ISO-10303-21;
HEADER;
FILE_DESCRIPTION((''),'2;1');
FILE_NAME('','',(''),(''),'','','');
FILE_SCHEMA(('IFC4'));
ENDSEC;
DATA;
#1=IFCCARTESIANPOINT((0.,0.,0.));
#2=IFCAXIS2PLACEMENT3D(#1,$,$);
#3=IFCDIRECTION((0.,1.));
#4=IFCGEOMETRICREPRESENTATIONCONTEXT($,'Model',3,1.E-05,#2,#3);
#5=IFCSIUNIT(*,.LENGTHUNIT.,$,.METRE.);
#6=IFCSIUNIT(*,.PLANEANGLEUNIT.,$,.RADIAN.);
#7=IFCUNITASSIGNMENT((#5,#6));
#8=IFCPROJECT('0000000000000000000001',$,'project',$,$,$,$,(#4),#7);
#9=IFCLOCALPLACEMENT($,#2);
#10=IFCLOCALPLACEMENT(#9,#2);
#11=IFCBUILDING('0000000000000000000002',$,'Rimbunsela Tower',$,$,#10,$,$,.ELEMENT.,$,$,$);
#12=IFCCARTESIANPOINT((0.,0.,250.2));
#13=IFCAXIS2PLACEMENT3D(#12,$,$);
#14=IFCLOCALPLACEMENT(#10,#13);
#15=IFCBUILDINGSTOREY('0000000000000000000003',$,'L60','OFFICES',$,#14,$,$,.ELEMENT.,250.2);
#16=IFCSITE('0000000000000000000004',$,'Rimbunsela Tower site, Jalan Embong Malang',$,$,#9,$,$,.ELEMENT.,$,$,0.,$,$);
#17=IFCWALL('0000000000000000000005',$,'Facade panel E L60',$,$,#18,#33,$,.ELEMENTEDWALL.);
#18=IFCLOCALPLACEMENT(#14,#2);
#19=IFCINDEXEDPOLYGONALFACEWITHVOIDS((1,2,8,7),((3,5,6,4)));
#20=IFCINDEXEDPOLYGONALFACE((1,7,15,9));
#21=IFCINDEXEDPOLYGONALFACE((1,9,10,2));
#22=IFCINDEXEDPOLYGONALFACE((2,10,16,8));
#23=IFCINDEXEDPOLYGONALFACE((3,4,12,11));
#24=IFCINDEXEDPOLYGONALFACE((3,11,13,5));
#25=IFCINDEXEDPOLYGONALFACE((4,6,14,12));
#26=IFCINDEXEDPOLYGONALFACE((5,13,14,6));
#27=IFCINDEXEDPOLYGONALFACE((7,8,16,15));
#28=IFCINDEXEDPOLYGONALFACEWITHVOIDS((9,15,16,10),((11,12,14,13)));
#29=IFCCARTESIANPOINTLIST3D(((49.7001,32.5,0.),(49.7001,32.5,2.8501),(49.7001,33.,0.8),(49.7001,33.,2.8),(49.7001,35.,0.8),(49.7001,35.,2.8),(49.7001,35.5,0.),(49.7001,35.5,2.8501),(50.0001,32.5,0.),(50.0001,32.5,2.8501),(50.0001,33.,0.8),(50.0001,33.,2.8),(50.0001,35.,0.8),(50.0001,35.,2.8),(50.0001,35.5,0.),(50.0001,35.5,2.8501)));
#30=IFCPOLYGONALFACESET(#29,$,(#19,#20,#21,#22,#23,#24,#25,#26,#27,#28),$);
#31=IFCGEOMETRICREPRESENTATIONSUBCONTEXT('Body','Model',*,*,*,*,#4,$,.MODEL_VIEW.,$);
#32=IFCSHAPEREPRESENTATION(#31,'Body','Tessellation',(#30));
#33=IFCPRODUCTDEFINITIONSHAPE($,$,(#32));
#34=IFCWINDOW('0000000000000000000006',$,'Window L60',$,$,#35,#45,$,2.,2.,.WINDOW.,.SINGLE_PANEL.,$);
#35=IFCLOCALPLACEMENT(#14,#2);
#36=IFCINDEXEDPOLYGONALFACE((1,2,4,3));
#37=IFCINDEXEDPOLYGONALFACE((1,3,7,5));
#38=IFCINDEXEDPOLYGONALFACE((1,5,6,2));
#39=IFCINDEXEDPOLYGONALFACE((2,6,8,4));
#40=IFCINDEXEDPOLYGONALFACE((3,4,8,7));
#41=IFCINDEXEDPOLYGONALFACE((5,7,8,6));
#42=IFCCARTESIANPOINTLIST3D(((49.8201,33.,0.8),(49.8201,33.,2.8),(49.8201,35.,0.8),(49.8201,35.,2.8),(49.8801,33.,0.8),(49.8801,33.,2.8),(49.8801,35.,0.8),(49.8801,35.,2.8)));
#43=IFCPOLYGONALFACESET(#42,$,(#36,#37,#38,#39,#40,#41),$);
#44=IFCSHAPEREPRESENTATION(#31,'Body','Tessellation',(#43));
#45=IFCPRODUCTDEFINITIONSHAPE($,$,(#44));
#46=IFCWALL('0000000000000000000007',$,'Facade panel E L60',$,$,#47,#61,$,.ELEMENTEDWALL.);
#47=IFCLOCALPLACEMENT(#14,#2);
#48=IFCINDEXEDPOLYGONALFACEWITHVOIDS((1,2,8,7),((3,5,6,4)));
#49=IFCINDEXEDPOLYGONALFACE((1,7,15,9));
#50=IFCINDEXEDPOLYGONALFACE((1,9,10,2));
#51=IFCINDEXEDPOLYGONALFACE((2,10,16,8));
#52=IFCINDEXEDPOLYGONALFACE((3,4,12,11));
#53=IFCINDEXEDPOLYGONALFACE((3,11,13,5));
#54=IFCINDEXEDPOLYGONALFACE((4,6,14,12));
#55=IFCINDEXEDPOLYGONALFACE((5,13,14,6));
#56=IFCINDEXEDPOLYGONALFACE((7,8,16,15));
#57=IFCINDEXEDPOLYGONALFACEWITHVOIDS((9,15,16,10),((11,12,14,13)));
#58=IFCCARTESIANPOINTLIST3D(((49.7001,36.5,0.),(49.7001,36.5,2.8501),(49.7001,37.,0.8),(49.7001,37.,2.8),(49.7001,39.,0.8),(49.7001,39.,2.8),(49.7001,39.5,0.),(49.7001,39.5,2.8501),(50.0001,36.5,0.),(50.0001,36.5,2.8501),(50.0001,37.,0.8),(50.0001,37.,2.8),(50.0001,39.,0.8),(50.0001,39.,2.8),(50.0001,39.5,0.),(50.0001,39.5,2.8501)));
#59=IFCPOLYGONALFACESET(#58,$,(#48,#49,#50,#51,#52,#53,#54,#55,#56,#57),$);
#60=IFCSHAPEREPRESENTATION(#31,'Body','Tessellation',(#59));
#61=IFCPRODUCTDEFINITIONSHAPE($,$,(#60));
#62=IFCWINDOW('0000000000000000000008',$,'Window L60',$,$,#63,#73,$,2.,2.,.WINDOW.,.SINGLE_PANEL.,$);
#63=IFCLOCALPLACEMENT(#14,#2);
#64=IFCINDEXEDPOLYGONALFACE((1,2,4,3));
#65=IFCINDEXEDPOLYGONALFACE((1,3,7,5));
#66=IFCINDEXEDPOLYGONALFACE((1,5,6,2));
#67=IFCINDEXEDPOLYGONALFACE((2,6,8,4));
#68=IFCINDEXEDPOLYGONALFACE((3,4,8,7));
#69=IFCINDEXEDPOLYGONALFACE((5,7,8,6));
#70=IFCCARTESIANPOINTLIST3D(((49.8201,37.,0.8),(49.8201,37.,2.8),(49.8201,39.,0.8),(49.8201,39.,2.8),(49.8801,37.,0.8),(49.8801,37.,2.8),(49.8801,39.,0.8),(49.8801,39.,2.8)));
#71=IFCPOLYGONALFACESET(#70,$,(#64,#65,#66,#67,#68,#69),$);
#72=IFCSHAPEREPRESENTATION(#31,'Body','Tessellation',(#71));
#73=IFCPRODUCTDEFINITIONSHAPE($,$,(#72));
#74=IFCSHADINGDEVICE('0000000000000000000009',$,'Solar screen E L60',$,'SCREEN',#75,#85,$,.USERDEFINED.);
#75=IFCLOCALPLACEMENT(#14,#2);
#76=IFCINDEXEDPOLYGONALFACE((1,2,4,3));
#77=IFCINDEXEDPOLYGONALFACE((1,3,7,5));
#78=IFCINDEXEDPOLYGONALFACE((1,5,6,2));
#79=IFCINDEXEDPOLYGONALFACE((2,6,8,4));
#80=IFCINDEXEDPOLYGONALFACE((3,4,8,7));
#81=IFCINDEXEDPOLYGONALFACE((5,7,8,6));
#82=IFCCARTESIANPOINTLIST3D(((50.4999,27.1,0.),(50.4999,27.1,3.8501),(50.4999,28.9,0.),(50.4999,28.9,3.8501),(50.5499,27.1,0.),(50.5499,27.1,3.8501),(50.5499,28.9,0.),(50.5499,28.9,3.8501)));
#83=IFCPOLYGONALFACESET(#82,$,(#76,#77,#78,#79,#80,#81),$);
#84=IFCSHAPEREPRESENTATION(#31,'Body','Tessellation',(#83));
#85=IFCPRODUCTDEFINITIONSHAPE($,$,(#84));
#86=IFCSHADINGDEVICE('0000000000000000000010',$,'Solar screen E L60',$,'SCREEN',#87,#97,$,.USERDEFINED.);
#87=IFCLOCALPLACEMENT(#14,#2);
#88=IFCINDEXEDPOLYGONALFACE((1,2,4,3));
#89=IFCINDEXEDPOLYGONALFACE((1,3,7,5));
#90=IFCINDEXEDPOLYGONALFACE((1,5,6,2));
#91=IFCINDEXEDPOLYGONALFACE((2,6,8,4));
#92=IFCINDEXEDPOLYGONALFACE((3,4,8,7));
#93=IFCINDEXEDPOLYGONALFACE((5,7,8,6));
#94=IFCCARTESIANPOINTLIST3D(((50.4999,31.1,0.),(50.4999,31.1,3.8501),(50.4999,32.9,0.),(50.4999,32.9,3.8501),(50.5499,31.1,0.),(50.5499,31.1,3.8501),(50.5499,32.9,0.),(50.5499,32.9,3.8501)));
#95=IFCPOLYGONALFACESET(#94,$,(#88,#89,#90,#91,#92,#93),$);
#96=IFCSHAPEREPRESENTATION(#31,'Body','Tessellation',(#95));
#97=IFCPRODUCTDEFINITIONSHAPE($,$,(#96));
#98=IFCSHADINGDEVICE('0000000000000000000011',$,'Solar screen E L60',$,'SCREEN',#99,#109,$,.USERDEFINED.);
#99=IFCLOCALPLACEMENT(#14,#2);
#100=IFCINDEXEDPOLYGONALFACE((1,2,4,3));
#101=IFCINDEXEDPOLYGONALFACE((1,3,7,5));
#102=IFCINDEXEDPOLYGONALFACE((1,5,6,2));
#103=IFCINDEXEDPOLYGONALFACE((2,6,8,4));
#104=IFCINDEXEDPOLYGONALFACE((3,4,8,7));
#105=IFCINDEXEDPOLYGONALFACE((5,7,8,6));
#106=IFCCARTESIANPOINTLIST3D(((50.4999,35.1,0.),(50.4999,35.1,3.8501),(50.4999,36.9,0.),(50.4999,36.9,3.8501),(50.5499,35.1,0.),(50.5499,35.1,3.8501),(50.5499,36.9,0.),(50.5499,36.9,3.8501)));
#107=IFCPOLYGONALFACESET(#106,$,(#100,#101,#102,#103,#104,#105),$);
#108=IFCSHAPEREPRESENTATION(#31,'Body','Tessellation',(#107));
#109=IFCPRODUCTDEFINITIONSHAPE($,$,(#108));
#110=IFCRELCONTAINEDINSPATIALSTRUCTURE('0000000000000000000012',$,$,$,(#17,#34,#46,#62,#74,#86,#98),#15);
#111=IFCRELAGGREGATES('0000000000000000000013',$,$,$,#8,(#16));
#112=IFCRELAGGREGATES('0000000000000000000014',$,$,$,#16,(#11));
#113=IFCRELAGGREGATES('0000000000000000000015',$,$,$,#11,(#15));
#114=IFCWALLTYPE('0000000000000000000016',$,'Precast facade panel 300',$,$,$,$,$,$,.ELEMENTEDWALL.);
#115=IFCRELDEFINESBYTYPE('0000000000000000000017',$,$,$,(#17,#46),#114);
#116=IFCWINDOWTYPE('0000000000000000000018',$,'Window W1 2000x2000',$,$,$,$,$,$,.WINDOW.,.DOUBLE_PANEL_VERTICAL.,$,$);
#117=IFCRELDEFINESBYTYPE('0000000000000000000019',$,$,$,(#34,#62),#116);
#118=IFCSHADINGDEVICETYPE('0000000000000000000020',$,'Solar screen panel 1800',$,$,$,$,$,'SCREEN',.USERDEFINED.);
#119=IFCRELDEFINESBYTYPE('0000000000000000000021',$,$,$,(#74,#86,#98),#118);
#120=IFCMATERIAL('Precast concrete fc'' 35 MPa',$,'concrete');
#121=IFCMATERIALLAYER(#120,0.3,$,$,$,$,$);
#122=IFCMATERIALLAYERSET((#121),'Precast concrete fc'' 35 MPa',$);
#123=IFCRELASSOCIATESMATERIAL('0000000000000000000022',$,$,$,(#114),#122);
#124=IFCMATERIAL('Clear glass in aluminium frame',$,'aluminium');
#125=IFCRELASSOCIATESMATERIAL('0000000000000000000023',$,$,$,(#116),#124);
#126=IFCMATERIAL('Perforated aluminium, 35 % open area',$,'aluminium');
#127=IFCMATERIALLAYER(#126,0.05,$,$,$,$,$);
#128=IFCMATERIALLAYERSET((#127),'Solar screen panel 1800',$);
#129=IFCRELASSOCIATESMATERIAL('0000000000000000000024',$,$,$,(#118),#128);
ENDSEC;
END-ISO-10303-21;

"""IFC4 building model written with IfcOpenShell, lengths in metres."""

from ifc_helpers import new_model, si_unit, direction, frame, frame_2d, origin, origin_2d, place, context, subcontext, project, spatial, rectangle, extrude, material, layer, layer_set, type_object, element, fill, save


model = new_model("IFC4")

# Units and contexts
model_context = context("Model", 3, precision=1e-05, world=origin(), true_north=direction((0.0, 1.0)))
body_context = subcontext(model_context, "Body", "Model", "MODEL_VIEW")
ifc_project = project(units=[si_unit("LENGTHUNIT", "METRE"), si_unit("PLANEANGLEUNIT", "RADIAN")], contexts=[model_context])

# Site, building, storey
site_placement = place(None, origin())
site = spatial("IfcSite", under=ifc_project, at=site_placement, Name="Rimbunsela Tower site, Jalan Embong Malang", CompositionType="ELEMENT", RefElevation=0.0)
building_placement = place(site_placement, origin())
building = spatial("IfcBuilding", under=site, at=building_placement, Name="Rimbunsela Tower", CompositionType="ELEMENT")
storey_placement = place(building_placement, frame((0.0, 0.0, 250.2)))
storey = spatial("IfcBuildingStorey", under=building, at=storey_placement, Name="L60", Description="OFFICES", CompositionType="ELEMENT", Elevation=250.2)

# Walls, openings, windows
ifc_material_1 = material(Name="Precast concrete fc' 35 MPa", Category="concrete")
ifc_layer_1 = layer(ifc_material_1, 0.3)
ifc_layer_set_1 = layer_set([ifc_layer_1], Name="Precast concrete fc' 35 MPa")
wall_type_1 = type_object("IfcWallType", Name="Precast facade panel 300", PredefinedType="ELEMENTEDWALL", material=ifc_layer_set_1)
ifc_material_2 = material(Name="Clear glass in aluminium frame", Category="aluminium")
window_type = type_object("IfcWindowType", Name="Window W1 2000x2000", PartitioningType="DOUBLE_PANEL_VERTICAL", PredefinedType="WINDOW", material=ifc_material_2)
wall_1_placement = place(storey_placement, frame((49.8501, 32.5, 0.0), z_axis=(0.0, 0.0, 1.0), x_axis=(0.0, 1.0, 0.0)))
wall_1 = element("IfcWall", 1, at=wall_1_placement, inside=storey, type_object=wall_type_1, Name="Facade panel E L60", PredefinedType="ELEMENTEDWALL", context=body_context, shape_type="SweptSolid", body=[
    extrude(rectangle(XDim=3.0, YDim=0.3, at=frame_2d((1.5, 0.0))), origin(), (0.0, 0.0, 1.0), 2.8501),
])
opening_1_placement = place(wall_1_placement, frame((0.5, 0.0, 0.8)))
opening_1 = element("IfcOpeningElement", 2, at=opening_1_placement, cuts=wall_1, PredefinedType="OPENING", context=body_context, shape_type="SweptSolid", body=[
    extrude(rectangle(XDim=2.0, YDim=2.0, at=frame_2d((1.0, 1.0))), frame((0.0, 0.1599, 0.0), z_axis=(0.0, -1.0, 0.0), x_axis=(1.0, 0.0, 0.0)), (0.0, 0.0, 1.0), 0.3201),
])
window_1_placement = place(opening_1_placement, origin())
window_1 = element("IfcWindow", 3, at=window_1_placement, inside=storey, type_object=window_type, Name="Window L60", OverallHeight=2.0, OverallWidth=2.0, PartitioningType="SINGLE_PANEL", PredefinedType="WINDOW", context=body_context, shape_type="SweptSolid", body=[
    extrude(rectangle(XDim=2.0, YDim=2.0, at=frame_2d((1.0, 1.0))), frame((0.0, 0.03, 0.0), z_axis=(0.0, -1.0, 0.0), x_axis=(1.0, 0.0, 0.0)), (0.0, 0.0, 1.0), 0.0601),
])
fill(opening_1, window_1)
wall_2_placement = place(storey_placement, frame((49.8501, 36.5, 0.0), z_axis=(0.0, 0.0, 1.0), x_axis=(0.0, 1.0, 0.0)))
wall_2 = element("IfcWall", 4, at=wall_2_placement, inside=storey, type_object=wall_type_1, Name="Facade panel E L60", PredefinedType="ELEMENTEDWALL", context=body_context, shape_type="SweptSolid", body=[
    extrude(rectangle(XDim=3.0, YDim=0.3, at=frame_2d((1.5, 0.0))), origin(), (0.0, 0.0, 1.0), 2.8501),
])
opening_2_placement = place(wall_2_placement, frame((0.5, 0.0, 0.8)))
opening_2 = element("IfcOpeningElement", 5, at=opening_2_placement, cuts=wall_2, PredefinedType="OPENING", context=body_context, shape_type="SweptSolid", body=[
    extrude(rectangle(XDim=2.0, YDim=2.0, at=frame_2d((1.0, 1.0))), frame((0.0, 0.1599, 0.0), z_axis=(0.0, -1.0, 0.0), x_axis=(1.0, 0.0, 0.0)), (0.0, 0.0, 1.0), 0.3201),
])
window_2_placement = place(opening_2_placement, origin())
window_2 = element("IfcWindow", 6, at=window_2_placement, inside=storey, type_object=window_type, Name="Window L60", OverallHeight=2.0, OverallWidth=2.0, PartitioningType="SINGLE_PANEL", PredefinedType="WINDOW", context=body_context, shape_type="SweptSolid", body=[
    extrude(rectangle(XDim=2.0, YDim=2.0, at=frame_2d((1.0, 1.0))), frame((0.0, 0.03, 0.0), z_axis=(0.0, -1.0, 0.0), x_axis=(1.0, 0.0, 0.0)), (0.0, 0.0, 1.0), 0.0601),
])
fill(opening_2, window_2)

# Shading devices
ifc_material_3 = material(Name="Perforated aluminium, 35 % open area", Category="aluminium")
ifc_layer_2 = layer(ifc_material_3, 0.05)
ifc_layer_set_2 = layer_set([ifc_layer_2], Name="Solar screen panel 1800")
shading_device_type = type_object("IfcShadingDeviceType", Name="Solar screen panel 1800", ElementType="SCREEN", PredefinedType="USERDEFINED", material=ifc_layer_set_2)
for number, where, z_axis, x_axis, name in (
    (7, (50.5249, 28.0, 0.0), (0.0, 0.0, 1.0), (0.0, 1.0, 0.0), "Solar screen E L60"),
    (8, (50.5249, 32.0, 0.0), (0.0, 0.0, 1.0), (0.0, 1.0, 0.0), "Solar screen E L60"),
    (9, (50.5249, 36.0, 0.0), (0.0, 0.0, 1.0), (0.0, 1.0, 0.0), "Solar screen E L60"),
):
    element("IfcShadingDevice", number, at=place(storey_placement, frame(where, z_axis=z_axis, x_axis=x_axis)), inside=storey, type_object=shading_device_type, Name=name, ObjectType="SCREEN", PredefinedType="USERDEFINED", context=body_context, shape_type="SweptSolid", body=[
        extrude(rectangle(XDim=1.8, YDim=0.05, at=origin_2d()), origin(), (0.0, 0.0, 1.0), 3.8501),
    ])

save(model, "model.ifc")
